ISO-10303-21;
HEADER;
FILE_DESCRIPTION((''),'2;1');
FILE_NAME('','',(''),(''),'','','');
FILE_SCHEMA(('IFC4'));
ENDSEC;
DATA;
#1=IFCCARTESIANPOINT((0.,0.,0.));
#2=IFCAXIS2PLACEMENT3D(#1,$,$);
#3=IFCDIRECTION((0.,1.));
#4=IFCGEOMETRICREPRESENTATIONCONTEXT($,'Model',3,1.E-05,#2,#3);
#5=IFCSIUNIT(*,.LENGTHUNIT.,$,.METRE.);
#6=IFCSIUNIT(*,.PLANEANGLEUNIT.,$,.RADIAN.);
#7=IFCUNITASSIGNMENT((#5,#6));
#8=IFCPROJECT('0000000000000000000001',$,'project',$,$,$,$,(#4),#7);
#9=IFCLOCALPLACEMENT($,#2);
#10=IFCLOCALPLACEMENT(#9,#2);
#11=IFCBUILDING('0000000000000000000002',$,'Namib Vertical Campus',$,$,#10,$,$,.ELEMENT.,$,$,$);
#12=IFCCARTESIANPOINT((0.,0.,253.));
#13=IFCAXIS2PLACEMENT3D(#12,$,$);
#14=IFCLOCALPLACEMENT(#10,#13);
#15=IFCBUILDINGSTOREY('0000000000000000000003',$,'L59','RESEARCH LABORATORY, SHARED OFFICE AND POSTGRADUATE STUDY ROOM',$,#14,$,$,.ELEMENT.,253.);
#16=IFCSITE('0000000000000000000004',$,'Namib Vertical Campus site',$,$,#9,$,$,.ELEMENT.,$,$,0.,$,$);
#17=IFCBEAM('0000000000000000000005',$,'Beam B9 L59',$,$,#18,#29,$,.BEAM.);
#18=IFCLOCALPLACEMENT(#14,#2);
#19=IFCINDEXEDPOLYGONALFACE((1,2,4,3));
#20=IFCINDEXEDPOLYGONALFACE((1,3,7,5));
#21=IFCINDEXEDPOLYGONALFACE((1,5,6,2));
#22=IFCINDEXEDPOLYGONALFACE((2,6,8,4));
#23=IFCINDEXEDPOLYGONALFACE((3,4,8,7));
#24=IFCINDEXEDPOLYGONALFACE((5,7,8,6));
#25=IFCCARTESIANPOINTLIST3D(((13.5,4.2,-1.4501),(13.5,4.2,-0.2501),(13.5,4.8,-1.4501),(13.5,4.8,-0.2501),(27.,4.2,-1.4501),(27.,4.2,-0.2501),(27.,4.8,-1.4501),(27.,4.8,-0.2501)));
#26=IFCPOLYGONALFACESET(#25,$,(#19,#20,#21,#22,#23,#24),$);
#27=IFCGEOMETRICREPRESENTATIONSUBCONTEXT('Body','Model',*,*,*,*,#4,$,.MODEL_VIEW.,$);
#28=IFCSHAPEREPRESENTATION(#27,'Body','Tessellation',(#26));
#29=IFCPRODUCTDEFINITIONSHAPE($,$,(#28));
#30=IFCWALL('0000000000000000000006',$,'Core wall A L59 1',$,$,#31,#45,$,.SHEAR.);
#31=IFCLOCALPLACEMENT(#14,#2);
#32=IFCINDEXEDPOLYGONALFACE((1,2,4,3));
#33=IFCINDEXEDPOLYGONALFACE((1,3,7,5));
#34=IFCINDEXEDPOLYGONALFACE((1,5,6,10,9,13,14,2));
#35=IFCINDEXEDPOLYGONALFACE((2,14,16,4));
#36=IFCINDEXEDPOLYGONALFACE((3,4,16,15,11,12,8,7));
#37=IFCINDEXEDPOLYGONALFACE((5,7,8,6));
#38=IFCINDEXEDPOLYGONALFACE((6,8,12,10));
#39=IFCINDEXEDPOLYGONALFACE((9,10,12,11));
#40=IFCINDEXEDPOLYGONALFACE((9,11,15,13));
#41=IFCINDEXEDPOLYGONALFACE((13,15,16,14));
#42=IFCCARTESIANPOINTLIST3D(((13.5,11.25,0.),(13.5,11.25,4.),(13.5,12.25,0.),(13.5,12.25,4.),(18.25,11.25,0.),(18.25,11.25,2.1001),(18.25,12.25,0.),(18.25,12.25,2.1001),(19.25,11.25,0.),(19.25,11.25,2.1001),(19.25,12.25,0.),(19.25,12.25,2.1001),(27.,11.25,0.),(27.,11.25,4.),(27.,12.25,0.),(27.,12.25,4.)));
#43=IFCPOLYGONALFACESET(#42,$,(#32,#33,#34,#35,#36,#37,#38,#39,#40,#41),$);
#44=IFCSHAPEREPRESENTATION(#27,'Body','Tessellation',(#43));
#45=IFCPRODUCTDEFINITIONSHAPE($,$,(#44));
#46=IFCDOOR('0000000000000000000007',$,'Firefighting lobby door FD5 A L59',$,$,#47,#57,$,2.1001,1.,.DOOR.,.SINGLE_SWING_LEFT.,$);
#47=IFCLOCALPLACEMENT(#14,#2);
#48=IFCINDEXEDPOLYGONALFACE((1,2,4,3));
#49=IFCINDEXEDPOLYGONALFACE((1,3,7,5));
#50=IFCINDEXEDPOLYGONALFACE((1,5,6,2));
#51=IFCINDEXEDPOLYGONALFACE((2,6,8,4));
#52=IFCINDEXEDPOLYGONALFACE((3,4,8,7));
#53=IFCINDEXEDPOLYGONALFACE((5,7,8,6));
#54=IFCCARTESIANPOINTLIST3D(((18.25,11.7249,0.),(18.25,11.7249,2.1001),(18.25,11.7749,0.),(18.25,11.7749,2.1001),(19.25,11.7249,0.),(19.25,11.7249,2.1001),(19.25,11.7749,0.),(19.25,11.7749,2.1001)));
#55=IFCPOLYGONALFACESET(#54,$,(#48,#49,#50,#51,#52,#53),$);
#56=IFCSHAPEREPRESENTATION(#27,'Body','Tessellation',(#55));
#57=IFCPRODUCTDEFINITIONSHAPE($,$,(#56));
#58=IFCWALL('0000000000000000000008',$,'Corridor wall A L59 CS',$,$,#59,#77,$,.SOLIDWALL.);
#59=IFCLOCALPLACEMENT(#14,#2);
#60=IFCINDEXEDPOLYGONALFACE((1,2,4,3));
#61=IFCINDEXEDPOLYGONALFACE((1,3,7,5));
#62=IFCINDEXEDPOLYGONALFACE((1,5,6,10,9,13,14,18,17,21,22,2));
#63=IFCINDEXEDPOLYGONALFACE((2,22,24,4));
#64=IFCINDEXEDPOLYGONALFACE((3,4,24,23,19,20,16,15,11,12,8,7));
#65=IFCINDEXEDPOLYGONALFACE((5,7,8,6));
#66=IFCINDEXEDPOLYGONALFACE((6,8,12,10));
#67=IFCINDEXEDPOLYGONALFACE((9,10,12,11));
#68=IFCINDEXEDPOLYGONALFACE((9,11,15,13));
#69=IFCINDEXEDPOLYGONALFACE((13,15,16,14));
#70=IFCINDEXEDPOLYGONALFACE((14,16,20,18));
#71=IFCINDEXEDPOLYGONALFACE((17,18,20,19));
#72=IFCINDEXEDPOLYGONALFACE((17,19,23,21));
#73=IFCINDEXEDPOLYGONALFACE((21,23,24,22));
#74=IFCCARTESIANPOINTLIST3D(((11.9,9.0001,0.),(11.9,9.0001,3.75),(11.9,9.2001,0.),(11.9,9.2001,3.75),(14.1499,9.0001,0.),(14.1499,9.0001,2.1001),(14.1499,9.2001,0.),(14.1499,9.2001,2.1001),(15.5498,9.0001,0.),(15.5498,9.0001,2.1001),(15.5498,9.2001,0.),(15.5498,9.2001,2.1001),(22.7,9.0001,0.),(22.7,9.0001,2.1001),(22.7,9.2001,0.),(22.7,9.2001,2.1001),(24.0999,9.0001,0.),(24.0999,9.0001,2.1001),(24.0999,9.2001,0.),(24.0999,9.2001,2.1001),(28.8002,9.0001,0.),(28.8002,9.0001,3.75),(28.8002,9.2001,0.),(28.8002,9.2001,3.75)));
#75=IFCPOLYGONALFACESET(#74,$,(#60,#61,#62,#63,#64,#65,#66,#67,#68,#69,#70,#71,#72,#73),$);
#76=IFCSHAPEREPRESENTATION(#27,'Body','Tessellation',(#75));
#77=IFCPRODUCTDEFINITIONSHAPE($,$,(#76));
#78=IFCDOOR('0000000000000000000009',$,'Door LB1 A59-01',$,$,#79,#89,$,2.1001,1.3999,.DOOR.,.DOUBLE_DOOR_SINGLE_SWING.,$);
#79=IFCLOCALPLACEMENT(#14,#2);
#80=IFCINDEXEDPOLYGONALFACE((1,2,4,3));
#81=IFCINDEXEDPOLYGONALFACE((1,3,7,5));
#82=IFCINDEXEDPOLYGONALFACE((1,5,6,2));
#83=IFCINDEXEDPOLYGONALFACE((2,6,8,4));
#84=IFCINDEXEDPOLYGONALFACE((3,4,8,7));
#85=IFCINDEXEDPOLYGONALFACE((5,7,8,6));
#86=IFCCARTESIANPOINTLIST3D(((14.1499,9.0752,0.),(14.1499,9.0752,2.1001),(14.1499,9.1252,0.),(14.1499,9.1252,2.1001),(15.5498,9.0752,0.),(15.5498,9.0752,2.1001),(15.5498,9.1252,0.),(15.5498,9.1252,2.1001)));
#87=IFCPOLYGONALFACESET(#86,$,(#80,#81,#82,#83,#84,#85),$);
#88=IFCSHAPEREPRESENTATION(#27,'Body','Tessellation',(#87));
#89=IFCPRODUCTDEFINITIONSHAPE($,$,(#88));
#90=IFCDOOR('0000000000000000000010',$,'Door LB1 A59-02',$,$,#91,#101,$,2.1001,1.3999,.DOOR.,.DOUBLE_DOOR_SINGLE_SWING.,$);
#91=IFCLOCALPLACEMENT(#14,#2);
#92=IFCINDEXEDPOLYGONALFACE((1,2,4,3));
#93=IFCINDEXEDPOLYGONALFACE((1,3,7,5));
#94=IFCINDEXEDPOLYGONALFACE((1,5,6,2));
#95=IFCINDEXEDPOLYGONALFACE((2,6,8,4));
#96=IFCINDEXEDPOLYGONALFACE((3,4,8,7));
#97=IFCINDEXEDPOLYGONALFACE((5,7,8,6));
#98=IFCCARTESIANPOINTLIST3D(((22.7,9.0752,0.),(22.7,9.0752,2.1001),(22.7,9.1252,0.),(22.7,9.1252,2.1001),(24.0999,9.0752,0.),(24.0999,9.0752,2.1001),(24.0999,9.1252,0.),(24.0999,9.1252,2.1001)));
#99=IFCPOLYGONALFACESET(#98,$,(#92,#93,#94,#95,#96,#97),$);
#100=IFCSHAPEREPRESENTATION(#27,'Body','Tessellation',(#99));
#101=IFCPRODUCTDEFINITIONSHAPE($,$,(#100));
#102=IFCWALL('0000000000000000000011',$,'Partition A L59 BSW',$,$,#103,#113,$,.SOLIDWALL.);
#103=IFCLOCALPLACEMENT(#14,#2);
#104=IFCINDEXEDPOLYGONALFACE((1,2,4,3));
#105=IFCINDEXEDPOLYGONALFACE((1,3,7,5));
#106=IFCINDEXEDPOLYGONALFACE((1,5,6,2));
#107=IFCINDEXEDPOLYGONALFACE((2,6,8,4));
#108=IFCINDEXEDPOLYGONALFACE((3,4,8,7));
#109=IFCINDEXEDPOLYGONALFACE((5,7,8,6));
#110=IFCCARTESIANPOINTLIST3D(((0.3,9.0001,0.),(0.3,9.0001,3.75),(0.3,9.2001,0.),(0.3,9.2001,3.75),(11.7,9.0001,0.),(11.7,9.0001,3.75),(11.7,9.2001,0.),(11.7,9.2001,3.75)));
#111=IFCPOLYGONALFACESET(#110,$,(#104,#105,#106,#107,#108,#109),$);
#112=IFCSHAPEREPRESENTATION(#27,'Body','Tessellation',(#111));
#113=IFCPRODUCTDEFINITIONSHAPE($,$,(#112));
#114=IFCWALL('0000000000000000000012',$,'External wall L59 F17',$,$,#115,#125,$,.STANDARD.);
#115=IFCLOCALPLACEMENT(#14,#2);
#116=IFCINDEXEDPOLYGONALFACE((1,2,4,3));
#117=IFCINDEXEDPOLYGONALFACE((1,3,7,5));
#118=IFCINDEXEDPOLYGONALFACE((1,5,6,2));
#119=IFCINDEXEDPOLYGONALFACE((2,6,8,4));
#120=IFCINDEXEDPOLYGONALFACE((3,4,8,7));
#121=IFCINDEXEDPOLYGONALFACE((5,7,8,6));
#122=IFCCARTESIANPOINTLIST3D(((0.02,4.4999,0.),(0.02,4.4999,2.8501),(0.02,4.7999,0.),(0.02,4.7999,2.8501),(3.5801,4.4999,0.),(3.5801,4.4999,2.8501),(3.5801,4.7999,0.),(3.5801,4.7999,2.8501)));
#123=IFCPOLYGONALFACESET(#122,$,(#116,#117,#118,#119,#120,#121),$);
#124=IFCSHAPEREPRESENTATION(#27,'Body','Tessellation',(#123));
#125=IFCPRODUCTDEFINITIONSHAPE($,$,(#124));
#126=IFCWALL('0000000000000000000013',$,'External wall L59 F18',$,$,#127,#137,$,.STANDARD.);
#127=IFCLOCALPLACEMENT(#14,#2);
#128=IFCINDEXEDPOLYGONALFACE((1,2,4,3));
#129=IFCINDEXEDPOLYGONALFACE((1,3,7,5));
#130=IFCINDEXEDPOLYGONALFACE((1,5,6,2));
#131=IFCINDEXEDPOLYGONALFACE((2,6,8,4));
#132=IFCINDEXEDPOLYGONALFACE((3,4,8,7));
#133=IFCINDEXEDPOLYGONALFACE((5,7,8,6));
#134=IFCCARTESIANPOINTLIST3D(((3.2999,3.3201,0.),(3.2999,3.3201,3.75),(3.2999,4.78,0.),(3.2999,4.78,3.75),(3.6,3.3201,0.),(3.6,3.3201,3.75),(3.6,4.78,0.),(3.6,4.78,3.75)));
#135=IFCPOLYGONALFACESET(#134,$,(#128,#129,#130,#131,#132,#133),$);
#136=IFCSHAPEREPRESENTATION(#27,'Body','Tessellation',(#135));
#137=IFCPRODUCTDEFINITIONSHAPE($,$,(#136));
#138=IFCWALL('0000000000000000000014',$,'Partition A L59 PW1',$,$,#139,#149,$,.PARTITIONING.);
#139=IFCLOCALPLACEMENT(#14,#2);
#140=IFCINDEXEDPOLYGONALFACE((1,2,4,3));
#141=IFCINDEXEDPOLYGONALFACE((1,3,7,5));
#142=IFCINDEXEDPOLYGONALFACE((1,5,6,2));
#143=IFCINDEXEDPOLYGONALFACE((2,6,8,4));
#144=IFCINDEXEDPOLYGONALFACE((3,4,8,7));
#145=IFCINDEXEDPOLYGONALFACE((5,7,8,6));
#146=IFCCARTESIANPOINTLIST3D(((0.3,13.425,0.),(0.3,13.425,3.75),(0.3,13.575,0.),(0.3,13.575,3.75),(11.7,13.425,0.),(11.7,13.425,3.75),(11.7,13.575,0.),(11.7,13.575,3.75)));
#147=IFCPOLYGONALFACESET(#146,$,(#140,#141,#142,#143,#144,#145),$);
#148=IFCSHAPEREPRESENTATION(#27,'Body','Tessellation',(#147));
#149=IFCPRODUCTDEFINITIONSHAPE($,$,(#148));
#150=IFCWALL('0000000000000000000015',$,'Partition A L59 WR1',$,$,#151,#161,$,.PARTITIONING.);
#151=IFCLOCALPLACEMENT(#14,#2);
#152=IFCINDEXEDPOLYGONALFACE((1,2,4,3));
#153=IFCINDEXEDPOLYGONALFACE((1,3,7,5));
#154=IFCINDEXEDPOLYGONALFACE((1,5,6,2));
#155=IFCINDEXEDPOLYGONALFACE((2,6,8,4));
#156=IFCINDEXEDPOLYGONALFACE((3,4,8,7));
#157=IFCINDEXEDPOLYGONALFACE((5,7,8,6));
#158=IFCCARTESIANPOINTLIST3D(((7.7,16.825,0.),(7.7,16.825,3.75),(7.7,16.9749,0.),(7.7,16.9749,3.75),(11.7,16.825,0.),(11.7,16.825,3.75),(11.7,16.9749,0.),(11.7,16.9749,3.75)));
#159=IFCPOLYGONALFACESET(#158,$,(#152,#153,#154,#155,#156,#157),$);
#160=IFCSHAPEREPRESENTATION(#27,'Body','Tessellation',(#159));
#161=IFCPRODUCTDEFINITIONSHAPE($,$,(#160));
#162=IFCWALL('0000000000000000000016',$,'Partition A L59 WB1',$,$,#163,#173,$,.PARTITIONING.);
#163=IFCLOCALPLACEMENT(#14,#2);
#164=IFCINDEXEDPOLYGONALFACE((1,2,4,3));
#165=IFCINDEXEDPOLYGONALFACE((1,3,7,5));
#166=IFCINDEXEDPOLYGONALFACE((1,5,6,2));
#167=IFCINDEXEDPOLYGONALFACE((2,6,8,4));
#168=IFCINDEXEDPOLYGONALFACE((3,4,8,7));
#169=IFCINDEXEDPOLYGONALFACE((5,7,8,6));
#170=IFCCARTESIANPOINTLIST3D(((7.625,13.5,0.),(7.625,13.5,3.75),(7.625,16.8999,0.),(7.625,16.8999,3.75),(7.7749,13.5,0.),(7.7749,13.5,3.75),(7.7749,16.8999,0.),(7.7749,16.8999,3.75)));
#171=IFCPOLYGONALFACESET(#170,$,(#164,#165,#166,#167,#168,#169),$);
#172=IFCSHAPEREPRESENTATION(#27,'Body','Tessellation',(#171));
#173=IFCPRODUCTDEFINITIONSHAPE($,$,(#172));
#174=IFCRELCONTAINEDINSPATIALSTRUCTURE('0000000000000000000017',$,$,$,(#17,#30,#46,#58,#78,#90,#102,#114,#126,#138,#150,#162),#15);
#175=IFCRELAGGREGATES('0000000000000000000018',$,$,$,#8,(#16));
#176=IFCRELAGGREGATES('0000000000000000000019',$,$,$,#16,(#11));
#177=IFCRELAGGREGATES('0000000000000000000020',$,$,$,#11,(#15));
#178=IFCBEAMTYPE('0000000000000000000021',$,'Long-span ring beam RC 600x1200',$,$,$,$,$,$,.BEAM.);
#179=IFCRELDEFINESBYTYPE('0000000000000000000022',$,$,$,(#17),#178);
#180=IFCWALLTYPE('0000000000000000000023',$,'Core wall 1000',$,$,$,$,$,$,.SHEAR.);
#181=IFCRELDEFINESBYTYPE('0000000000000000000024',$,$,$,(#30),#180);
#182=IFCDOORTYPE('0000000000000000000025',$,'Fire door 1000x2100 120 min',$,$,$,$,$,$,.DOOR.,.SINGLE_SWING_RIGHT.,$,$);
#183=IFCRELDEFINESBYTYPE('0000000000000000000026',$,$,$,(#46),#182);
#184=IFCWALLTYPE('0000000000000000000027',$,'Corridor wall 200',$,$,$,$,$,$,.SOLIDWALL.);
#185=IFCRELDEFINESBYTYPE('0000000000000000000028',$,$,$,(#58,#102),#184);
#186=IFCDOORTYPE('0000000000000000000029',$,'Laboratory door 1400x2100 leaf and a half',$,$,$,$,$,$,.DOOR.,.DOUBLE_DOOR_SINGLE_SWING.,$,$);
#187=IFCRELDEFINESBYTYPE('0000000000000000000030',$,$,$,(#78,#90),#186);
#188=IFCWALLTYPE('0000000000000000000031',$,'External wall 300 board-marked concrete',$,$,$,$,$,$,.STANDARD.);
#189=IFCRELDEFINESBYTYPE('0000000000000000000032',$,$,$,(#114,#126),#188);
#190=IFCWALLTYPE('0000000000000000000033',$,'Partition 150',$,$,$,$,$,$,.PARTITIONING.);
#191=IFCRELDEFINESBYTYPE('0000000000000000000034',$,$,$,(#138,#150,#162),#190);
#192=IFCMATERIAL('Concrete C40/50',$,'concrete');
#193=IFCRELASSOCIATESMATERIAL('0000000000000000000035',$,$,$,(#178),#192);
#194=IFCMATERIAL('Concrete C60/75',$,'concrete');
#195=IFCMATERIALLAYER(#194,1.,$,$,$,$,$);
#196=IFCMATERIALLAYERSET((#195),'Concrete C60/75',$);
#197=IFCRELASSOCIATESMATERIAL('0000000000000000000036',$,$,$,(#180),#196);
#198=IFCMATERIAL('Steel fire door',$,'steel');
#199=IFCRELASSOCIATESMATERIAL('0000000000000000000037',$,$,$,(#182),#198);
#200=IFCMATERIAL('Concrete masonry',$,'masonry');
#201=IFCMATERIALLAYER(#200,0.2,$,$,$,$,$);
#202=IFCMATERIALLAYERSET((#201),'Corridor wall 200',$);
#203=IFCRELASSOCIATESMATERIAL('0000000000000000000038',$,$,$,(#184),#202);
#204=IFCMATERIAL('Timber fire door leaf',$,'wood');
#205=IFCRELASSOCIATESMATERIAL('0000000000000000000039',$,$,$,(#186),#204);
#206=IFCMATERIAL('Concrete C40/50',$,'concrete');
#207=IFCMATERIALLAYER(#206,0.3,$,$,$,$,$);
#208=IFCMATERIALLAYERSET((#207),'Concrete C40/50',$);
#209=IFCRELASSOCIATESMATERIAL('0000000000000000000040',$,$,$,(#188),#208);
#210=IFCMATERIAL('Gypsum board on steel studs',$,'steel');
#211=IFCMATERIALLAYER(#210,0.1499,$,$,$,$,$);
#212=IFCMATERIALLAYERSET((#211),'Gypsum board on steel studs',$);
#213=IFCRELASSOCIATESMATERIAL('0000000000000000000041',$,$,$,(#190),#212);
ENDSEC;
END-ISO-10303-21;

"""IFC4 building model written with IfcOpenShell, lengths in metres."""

from ifc_helpers import new_model, si_unit, direction, frame, frame_2d, origin, origin_2d, place, context, subcontext, project, spatial, rectangle, extrude, material, layer, layer_set, material_profile, profile_set, type_object, element, fill, save


model = new_model("IFC4")

# Units and contexts
model_context = context("Model", 3, precision=1e-05, world=origin(), true_north=direction((0.0, 1.0)))
body_context = subcontext(model_context, "Body", "Model", "MODEL_VIEW")
ifc_project = project(units=[si_unit("LENGTHUNIT", "METRE"), si_unit("PLANEANGLEUNIT", "RADIAN")], contexts=[model_context])

# Site, building, storey
site_placement = place(None, origin())
site = spatial("IfcSite", under=ifc_project, at=site_placement, Name="Namib Vertical Campus site", CompositionType="ELEMENT", RefElevation=0.0)
building_placement = place(site_placement, origin())
building = spatial("IfcBuilding", under=site, at=building_placement, Name="Namib Vertical Campus", CompositionType="ELEMENT")
storey_placement = place(building_placement, frame((0.0, 0.0, 253.0)))
storey = spatial("IfcBuildingStorey", under=building, at=storey_placement, Name="L59", Description="RESEARCH LABORATORY, SHARED OFFICE AND POSTGRADUATE STUDY ROOM", CompositionType="ELEMENT", Elevation=253.0)

# Beam
ifc_material_1 = material(Name="Concrete C40/50", Category="concrete")
ifc_material_profile_1 = material_profile(ifc_material_1, rectangle(XDim=0.6001, YDim=1.2, at=origin_2d()))
ifc_profile_set_1 = profile_set([ifc_material_profile_1], Name="Concrete C40/50")
beam_type_1 = type_object("IfcBeamType", Name="Long-span ring beam RC 600x1200", PredefinedType="BEAM", material=ifc_profile_set_1)
beam_1_placement = place(storey_placement, frame((13.5, 4.5, -0.8501), z_axis=(1.0, 0.0, 0.0), x_axis=(0.0, 1.0, 0.0)))
element("IfcBeam", 1, at=beam_1_placement, inside=storey, type_object=beam_type_1, Name="Beam B9 L59", PredefinedType="BEAM", context=body_context, shape_type="SweptSolid", body=[
    extrude(rectangle(XDim=0.6001, YDim=1.2, at=origin_2d()), origin(), (0.0, 0.0, 1.0), 13.5),
])

# Wall, opening, door
ifc_material_2 = material(Name="Concrete C60/75", Category="concrete")
ifc_layer_1 = layer(ifc_material_2, 1.0)
ifc_layer_set_1 = layer_set([ifc_layer_1], Name="Concrete C60/75")
wall_type_1 = type_object("IfcWallType", Name="Core wall 1000", PredefinedType="SHEAR", material=ifc_layer_set_1)
wall_1_placement = place(storey_placement, frame((13.5, 11.75, 0.0), z_axis=(0.0, 0.0, 1.0), x_axis=(1.0, 0.0, 0.0)))
wall_1 = element("IfcWall", 2, at=wall_1_placement, inside=storey, type_object=wall_type_1, Name="Core wall A L59 1", PredefinedType="SHEAR", context=body_context, shape_type="SweptSolid", body=[
    extrude(rectangle(XDim=13.5, YDim=1.0, at=frame_2d((6.75, 0.0))), origin(), (0.0, 0.0, 1.0), 4.0),
])
opening_1_placement = place(wall_1_placement, frame((4.75, 0.0, 0.0)))
opening_1 = element("IfcOpeningElement", 3, at=opening_1_placement, cuts=wall_1, PredefinedType="OPENING", context=body_context, shape_type="SweptSolid", body=[
    extrude(rectangle(XDim=1.0, YDim=2.1001, at=frame_2d((0.5, 1.05))), frame((0.0, 0.51, 0.0), z_axis=(0.0, -1.0, 0.0), x_axis=(1.0, 0.0, 0.0)), (0.0, 0.0, 1.0), 1.02),
])
ifc_material_3 = material(Name="Steel fire door", Category="steel")
door_type_1 = type_object("IfcDoorType", Name="Fire door 1000x2100 120 min", OperationType="SINGLE_SWING_RIGHT", PredefinedType="DOOR", material=ifc_material_3)
door_1_placement = place(opening_1_placement, origin())
door_1 = element("IfcDoor", 4, at=door_1_placement, inside=storey, type_object=door_type_1, Name="Firefighting lobby door FD5 A L59", OperationType="SINGLE_SWING_LEFT", OverallHeight=2.1001, OverallWidth=1.0, PredefinedType="DOOR", context=body_context, shape_type="SweptSolid", body=[
    extrude(rectangle(XDim=1.0, YDim=2.1001, at=frame_2d((0.5, 1.05))), frame((0.0, 0.0249, 0.0), z_axis=(0.0, -1.0, 0.0), x_axis=(1.0, 0.0, 0.0)), (0.0, 0.0, 1.0), 0.05),
])
fill(opening_1, door_1)

# Wall, openings, doors
ifc_material_4 = material(Name="Concrete masonry", Category="masonry")
ifc_layer_2 = layer(ifc_material_4, 0.2)
ifc_layer_set_2 = layer_set([ifc_layer_2], Name="Corridor wall 200")
wall_type_2 = type_object("IfcWallType", Name="Corridor wall 200", PredefinedType="SOLIDWALL", material=ifc_layer_set_2)
wall_2_placement = place(storey_placement, frame((11.8999, 9.1001, 0.0), z_axis=(0.0, 0.0, 1.0), x_axis=(1.0, 0.0, 0.0)))
wall_2 = element("IfcWall", 5, at=wall_2_placement, inside=storey, type_object=wall_type_2, Name="Corridor wall A L59 CS", PredefinedType="SOLIDWALL", context=body_context, shape_type="SweptSolid", body=[
    extrude(rectangle(XDim=16.9001, YDim=0.2, at=frame_2d((8.4502, 0.0))), origin(), (0.0, 0.0, 1.0), 3.75),
])
opening_2_placement = place(wall_2_placement, frame((2.25, 0.0, 0.0)))
opening_2 = element("IfcOpeningElement", 6, at=opening_2_placement, cuts=wall_2, PredefinedType="OPENING", context=body_context, shape_type="SweptSolid", body=[
    extrude(rectangle(XDim=1.3999, YDim=2.1001, at=frame_2d((0.7, 1.05))), frame((0.0, 0.1099, 0.0), z_axis=(0.0, -1.0, 0.0), x_axis=(1.0, 0.0, 0.0)), (0.0, 0.0, 1.0), 0.22),
])
opening_3_placement = place(wall_2_placement, frame((10.8, 0.0, 0.0)))
opening_3 = element("IfcOpeningElement", 7, at=opening_3_placement, cuts=wall_2, PredefinedType="OPENING", context=body_context, shape_type="SweptSolid", body=[
    extrude(rectangle(XDim=1.3999, YDim=2.1001, at=frame_2d((0.7, 1.05))), frame((0.0, 0.1099, 0.0), z_axis=(0.0, -1.0, 0.0), x_axis=(1.0, 0.0, 0.0)), (0.0, 0.0, 1.0), 0.22),
])
ifc_material_5 = material(Name="Timber fire door leaf", Category="wood")
door_type_2 = type_object("IfcDoorType", Name="Laboratory door 1400x2100 leaf and a half", OperationType="DOUBLE_DOOR_SINGLE_SWING", PredefinedType="DOOR", material=ifc_material_5)
door_2_placement = place(opening_2_placement, frame((1.3999, 0.0, 0.0), z_axis=(0.0, 0.0, 1.0), x_axis=(-1.0, 0.0, 0.0)))
door_2 = element("IfcDoor", 8, at=door_2_placement, inside=storey, type_object=door_type_2, Name="Door LB1 A59-01", OperationType="DOUBLE_DOOR_SINGLE_SWING", OverallHeight=2.1001, OverallWidth=1.3999, PredefinedType="DOOR", context=body_context, shape_type="SweptSolid", body=[
    extrude(rectangle(XDim=1.3999, YDim=2.1001, at=frame_2d((0.7, 1.05))), frame((0.0, 0.0249, 0.0), z_axis=(0.0, -1.0, 0.0), x_axis=(1.0, 0.0, 0.0)), (0.0, 0.0, 1.0), 0.05),
])
fill(opening_2, door_2)
door_3_placement = place(opening_3_placement, frame((1.3999, 0.0, 0.0), z_axis=(0.0, 0.0, 1.0), x_axis=(-1.0, 0.0, 0.0)))
door_3 = element("IfcDoor", 9, at=door_3_placement, inside=storey, type_object=door_type_2, Name="Door LB1 A59-02", OperationType="DOUBLE_DOOR_SINGLE_SWING", OverallHeight=2.1001, OverallWidth=1.3999, PredefinedType="DOOR", context=body_context, shape_type="SweptSolid", body=[
    extrude(rectangle(XDim=1.3999, YDim=2.1001, at=frame_2d((0.7, 1.05))), frame((0.0, 0.0249, 0.0), z_axis=(0.0, -1.0, 0.0), x_axis=(1.0, 0.0, 0.0)), (0.0, 0.0, 1.0), 0.05),
])
fill(opening_3, door_3)

# Walls
wall_3_placement = place(storey_placement, frame((0.3, 9.1001, 0.0), z_axis=(0.0, 0.0, 1.0), x_axis=(1.0, 0.0, 0.0)))
element("IfcWall", 10, at=wall_3_placement, inside=storey, type_object=wall_type_2, Name="Partition A L59 BSW", PredefinedType="SOLIDWALL", context=body_context, shape_type="SweptSolid", body=[
    extrude(rectangle(XDim=11.3999, YDim=0.2, at=frame_2d((5.7, 0.0))), origin(), (0.0, 0.0, 1.0), 3.75),
])
ifc_material_6 = material(Name="Concrete C40/50", Category="concrete")
ifc_layer_3 = layer(ifc_material_6, 0.3)
ifc_layer_set_3 = layer_set([ifc_layer_3], Name="Concrete C40/50")
wall_type_3 = type_object("IfcWallType", Name="External wall 300 board-marked concrete", PredefinedType="STANDARD", material=ifc_layer_set_3)
wall_4_placement = place(storey_placement, frame((0.02, 4.6499, 0.0), z_axis=(0.0, 0.0, 1.0), x_axis=(1.0, 0.0, 0.0)))
element("IfcWall", 11, at=wall_4_placement, inside=storey, type_object=wall_type_3, Name="External wall L59 F17", PredefinedType="STANDARD", context=body_context, shape_type="SweptSolid", body=[
    extrude(rectangle(XDim=3.5601, YDim=0.3, at=frame_2d((1.78, 0.0))), origin(), (0.0, 0.0, 1.0), 2.8501),
])
wall_5_placement = place(storey_placement, frame((3.45, 4.78, 0.0), z_axis=(0.0, 0.0, 1.0), x_axis=(0.0, -1.0, 0.0)))
element("IfcWall", 12, at=wall_5_placement, inside=storey, type_object=wall_type_3, Name="External wall L59 F18", PredefinedType="STANDARD", context=body_context, shape_type="SweptSolid", body=[
    extrude(rectangle(XDim=1.46, YDim=0.3, at=frame_2d((0.73, 0.0))), origin(), (0.0, 0.0, 1.0), 3.75),
])
ifc_material_7 = material(Name="Gypsum board on steel studs", Category="steel")
ifc_layer_4 = layer(ifc_material_7, 0.1499)
ifc_layer_set_4 = layer_set([ifc_layer_4], Name="Gypsum board on steel studs")
wall_type_4 = type_object("IfcWallType", Name="Partition 150", PredefinedType="PARTITIONING", material=ifc_layer_set_4)
wall_6_placement = place(storey_placement, frame((0.3, 13.5, 0.0), z_axis=(0.0, 0.0, 1.0), x_axis=(1.0, 0.0, 0.0)))
element("IfcWall", 13, at=wall_6_placement, inside=storey, type_object=wall_type_4, Name="Partition A L59 PW1", PredefinedType="PARTITIONING", context=body_context, shape_type="SweptSolid", body=[
    extrude(rectangle(XDim=11.3999, YDim=0.1499, at=frame_2d((5.7, 0.0))), origin(), (0.0, 0.0, 1.0), 3.75),
])
wall_7_placement = place(storey_placement, frame((11.7, 16.8999, 0.0), z_axis=(0.0, 0.0, 1.0), x_axis=(-1.0, 0.0, 0.0)))
element("IfcWall", 14, at=wall_7_placement, inside=storey, type_object=wall_type_4, Name="Partition A L59 WR1", PredefinedType="PARTITIONING", context=body_context, shape_type="SweptSolid", body=[
    extrude(rectangle(XDim=4.0, YDim=0.1499, at=frame_2d((2.0, 0.0))), origin(), (0.0, 0.0, 1.0), 3.75),
])
wall_8_placement = place(storey_placement, frame((7.7, 13.5, 0.0), z_axis=(0.0, 0.0, 1.0), x_axis=(0.0, 1.0, 0.0)))
element("IfcWall", 15, at=wall_8_placement, inside=storey, type_object=wall_type_4, Name="Partition A L59 WB1", PredefinedType="PARTITIONING", context=body_context, shape_type="SweptSolid", body=[
    extrude(rectangle(XDim=3.3999, YDim=0.1499, at=frame_2d((1.7, 0.0))), origin(), (0.0, 0.0, 1.0), 3.75),
])

save(model, "model.ifc")
